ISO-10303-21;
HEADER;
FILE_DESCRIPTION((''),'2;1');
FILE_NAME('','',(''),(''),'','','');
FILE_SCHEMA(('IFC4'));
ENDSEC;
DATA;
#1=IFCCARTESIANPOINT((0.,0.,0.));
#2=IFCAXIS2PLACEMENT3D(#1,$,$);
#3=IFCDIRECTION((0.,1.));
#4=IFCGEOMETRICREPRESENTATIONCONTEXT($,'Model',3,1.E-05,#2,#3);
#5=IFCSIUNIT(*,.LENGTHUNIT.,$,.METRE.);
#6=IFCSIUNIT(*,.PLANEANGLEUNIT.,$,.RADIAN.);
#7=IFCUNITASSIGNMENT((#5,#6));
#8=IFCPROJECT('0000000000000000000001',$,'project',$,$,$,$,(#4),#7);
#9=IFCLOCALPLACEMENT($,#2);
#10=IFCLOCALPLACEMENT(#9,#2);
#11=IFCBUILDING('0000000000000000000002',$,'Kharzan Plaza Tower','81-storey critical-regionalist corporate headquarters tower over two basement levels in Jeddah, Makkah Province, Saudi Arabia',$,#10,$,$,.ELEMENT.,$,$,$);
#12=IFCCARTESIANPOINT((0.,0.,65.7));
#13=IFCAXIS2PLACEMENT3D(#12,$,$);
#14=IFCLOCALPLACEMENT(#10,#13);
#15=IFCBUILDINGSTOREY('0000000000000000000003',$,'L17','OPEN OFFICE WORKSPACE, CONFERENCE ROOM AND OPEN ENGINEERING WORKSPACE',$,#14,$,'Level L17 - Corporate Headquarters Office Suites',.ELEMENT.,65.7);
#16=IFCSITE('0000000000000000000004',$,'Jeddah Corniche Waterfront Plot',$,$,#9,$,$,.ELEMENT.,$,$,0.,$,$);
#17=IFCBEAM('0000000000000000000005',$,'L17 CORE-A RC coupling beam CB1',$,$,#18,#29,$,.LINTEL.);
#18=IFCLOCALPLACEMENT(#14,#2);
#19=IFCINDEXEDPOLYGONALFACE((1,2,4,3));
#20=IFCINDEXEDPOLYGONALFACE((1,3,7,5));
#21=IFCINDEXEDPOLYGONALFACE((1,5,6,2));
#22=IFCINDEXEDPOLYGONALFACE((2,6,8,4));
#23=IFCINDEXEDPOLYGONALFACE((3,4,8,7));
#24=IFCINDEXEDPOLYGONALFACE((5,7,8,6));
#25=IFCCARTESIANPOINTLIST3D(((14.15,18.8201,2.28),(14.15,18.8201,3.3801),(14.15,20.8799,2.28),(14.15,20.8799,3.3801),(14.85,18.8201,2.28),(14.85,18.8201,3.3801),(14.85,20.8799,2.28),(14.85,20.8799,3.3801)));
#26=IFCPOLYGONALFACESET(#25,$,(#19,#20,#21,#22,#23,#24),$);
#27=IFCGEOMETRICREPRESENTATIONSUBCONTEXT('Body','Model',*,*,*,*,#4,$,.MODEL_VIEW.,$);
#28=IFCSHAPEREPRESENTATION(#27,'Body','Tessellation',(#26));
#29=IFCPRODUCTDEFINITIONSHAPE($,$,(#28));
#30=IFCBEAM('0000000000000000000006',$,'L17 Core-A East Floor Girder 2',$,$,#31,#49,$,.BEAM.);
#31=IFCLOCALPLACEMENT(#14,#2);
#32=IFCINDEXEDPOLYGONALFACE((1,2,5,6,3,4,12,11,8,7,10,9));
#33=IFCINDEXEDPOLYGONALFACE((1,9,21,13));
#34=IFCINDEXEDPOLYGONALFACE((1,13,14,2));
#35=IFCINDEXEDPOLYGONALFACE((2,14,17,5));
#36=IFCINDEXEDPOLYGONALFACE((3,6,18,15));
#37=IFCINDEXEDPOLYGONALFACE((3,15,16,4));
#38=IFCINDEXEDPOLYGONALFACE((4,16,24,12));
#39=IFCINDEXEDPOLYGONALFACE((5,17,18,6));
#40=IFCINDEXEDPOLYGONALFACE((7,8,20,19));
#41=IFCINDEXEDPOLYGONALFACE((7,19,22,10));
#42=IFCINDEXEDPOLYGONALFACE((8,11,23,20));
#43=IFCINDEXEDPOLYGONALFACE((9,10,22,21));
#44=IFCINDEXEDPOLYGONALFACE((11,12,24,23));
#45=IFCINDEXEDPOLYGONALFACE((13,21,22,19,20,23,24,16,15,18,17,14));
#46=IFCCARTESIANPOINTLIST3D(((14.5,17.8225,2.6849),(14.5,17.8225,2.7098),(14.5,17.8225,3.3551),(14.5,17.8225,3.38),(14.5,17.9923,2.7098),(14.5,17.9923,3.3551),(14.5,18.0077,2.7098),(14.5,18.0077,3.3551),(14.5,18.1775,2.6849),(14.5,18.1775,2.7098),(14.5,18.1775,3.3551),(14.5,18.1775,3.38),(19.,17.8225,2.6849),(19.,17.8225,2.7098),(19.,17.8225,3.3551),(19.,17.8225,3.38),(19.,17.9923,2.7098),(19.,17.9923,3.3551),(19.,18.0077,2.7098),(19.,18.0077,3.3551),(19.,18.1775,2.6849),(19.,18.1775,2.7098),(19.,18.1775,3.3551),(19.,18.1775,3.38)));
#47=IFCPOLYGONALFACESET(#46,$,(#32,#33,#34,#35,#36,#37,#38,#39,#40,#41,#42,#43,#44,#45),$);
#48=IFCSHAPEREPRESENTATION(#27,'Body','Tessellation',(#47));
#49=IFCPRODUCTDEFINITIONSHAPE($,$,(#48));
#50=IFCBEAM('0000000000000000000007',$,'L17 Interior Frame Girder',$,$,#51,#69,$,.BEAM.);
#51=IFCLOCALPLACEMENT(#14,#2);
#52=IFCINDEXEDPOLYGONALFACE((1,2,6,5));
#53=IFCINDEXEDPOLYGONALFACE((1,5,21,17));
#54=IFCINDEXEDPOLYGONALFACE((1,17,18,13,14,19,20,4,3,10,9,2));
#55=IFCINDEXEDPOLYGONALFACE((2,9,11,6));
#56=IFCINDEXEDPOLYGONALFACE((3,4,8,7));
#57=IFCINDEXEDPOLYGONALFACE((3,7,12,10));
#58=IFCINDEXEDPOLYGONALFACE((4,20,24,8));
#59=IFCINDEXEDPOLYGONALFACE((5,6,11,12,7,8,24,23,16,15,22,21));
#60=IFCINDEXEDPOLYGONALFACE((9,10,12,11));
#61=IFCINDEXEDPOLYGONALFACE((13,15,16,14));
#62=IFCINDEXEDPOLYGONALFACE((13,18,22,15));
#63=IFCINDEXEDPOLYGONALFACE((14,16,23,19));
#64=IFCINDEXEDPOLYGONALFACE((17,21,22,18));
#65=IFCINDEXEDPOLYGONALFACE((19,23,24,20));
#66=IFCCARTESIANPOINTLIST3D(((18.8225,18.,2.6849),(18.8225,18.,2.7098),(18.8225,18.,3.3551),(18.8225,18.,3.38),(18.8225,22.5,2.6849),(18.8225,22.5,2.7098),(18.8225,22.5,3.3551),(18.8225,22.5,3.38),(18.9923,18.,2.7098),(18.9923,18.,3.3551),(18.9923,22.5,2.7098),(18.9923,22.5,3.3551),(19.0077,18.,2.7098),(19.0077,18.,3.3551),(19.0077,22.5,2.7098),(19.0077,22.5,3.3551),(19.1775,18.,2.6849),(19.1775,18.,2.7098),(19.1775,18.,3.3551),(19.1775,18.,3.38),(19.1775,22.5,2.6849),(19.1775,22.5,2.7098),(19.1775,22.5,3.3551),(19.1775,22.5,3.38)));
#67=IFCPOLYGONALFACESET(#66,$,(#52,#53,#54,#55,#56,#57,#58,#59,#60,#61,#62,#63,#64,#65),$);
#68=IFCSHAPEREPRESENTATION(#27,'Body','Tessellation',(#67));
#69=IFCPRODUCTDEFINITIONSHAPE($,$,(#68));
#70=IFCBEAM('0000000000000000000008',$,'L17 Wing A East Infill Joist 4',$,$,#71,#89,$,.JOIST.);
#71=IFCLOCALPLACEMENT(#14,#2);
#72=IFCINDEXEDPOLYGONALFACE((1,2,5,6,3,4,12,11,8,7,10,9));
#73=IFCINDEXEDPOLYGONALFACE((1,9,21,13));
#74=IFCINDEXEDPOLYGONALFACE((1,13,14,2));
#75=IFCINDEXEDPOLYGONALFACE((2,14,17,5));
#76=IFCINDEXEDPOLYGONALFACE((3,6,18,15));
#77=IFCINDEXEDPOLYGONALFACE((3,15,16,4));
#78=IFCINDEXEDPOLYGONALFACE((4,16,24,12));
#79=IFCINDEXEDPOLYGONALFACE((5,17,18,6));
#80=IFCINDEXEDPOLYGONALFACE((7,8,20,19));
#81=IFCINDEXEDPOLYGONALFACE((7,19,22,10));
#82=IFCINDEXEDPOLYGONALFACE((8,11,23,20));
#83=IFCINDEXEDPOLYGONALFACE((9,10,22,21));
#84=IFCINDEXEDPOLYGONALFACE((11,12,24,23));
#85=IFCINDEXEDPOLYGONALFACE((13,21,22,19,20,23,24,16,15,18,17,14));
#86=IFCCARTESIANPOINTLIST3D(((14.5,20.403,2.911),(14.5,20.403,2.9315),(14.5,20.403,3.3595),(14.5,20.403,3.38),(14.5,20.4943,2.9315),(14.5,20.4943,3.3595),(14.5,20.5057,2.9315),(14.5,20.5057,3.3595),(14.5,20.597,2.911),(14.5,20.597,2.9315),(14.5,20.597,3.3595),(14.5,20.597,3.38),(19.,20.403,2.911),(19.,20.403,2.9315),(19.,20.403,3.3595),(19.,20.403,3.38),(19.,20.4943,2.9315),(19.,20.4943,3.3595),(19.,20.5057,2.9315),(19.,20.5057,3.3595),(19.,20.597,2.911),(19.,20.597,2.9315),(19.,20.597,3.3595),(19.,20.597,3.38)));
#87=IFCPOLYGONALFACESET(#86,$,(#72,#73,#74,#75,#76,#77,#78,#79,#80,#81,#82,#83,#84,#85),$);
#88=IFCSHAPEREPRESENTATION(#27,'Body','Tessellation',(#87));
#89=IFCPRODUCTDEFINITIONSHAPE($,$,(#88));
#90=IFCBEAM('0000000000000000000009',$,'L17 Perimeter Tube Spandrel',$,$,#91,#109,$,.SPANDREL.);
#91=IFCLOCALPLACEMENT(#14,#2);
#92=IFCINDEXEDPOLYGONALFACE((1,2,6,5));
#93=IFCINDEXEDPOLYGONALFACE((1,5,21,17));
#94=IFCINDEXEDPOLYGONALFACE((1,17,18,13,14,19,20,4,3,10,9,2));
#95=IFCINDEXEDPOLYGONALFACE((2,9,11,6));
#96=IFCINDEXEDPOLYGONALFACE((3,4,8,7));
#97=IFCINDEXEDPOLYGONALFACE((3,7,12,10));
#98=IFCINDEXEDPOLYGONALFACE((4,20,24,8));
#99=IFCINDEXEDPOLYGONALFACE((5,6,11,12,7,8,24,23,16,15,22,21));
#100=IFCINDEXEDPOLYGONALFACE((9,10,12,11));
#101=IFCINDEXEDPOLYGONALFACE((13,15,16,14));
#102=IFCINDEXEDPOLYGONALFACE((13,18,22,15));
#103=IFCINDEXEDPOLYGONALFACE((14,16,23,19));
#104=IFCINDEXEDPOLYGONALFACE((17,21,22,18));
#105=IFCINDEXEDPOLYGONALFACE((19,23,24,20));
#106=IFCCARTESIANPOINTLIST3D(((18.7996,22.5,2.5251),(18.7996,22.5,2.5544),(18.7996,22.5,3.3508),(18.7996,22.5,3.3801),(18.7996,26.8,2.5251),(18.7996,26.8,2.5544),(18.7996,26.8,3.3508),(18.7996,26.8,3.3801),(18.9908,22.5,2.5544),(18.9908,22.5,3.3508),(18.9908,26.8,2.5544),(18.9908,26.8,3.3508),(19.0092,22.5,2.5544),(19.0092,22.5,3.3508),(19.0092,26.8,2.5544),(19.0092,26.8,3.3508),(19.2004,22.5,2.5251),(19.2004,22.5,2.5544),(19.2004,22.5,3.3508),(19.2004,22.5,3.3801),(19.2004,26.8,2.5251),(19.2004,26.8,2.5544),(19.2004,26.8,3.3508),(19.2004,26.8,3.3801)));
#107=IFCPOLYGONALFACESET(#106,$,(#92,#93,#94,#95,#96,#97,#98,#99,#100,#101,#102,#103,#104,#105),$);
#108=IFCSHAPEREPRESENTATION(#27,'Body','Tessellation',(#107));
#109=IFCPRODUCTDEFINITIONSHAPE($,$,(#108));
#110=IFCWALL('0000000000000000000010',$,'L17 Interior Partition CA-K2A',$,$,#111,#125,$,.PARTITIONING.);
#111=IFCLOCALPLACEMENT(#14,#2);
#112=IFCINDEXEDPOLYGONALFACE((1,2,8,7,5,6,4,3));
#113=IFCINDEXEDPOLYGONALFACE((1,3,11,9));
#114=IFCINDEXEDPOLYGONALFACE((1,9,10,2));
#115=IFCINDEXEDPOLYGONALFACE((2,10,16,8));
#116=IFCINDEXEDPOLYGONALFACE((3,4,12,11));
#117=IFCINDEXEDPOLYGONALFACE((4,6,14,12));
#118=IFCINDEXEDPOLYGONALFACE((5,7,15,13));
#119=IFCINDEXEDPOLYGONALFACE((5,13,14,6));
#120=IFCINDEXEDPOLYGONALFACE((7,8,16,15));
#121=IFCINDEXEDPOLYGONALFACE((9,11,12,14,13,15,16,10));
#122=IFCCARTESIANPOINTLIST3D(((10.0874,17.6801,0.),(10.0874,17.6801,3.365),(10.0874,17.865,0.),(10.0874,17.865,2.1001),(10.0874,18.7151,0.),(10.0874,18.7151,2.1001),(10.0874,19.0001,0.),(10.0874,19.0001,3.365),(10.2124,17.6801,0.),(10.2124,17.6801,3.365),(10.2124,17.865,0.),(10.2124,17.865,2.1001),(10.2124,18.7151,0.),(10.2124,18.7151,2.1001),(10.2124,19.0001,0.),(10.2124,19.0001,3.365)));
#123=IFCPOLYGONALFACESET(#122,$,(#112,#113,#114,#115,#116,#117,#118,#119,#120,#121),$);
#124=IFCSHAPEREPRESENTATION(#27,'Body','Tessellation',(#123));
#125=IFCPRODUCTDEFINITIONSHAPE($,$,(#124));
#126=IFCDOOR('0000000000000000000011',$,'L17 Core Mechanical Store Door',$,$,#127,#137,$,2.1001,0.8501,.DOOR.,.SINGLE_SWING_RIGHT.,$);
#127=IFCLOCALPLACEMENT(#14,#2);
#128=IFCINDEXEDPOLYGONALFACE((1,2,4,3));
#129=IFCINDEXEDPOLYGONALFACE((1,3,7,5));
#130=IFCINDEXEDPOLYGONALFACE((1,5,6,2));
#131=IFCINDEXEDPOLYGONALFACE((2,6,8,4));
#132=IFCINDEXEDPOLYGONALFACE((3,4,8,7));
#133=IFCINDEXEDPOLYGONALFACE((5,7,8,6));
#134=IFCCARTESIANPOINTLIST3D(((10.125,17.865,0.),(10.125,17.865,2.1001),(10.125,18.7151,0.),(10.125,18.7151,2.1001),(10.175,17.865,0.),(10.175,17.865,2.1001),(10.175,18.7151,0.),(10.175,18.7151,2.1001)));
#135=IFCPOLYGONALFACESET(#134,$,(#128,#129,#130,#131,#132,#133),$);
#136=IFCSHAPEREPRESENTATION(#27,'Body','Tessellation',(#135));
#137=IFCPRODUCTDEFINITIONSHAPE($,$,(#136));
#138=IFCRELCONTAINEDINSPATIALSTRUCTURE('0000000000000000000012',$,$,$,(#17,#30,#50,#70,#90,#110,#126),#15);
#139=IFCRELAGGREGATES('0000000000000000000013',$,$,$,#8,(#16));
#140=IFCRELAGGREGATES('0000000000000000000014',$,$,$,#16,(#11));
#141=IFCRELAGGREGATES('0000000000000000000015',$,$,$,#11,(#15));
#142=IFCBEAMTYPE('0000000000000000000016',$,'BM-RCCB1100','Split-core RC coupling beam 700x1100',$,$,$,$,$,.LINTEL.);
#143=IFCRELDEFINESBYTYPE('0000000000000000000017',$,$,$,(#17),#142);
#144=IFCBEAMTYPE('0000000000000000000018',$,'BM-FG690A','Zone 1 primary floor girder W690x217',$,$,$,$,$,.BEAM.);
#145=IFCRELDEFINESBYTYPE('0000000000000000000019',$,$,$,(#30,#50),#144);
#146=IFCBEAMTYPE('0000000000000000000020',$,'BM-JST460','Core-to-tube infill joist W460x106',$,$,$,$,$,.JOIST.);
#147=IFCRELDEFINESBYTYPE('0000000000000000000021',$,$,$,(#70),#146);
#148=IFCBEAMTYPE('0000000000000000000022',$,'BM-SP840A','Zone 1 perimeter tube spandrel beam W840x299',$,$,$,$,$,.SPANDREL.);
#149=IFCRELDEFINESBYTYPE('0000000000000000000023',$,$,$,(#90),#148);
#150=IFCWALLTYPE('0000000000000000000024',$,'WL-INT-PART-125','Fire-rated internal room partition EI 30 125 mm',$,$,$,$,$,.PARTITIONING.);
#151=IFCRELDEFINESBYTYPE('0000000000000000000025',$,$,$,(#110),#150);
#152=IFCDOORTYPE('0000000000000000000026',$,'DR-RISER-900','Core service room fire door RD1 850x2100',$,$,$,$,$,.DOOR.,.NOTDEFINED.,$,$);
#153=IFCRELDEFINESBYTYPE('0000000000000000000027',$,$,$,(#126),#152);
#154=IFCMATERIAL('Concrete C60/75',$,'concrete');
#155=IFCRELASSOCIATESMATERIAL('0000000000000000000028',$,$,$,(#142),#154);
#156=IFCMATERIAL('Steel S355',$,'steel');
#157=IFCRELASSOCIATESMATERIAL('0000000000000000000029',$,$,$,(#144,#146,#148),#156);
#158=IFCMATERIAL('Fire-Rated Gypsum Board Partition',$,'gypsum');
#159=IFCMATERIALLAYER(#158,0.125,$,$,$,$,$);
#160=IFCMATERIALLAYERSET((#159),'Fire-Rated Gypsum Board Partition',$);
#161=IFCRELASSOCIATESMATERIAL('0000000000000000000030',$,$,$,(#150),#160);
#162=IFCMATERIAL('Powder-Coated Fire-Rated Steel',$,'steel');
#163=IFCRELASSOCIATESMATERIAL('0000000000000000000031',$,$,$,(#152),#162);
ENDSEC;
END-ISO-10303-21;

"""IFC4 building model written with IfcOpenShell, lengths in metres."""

from ifc_helpers import new_model, si_unit, direction, frame, frame_2d, origin, origin_2d, place, context, subcontext, project, spatial, rectangle, i_section, extrude, source, transform, mapped, material, layer, layer_set, material_profile, profile_set, type_object, element, fill, save


model = new_model("IFC4")

# Units and contexts
model_context = context("Model", 3, precision=1e-05, world=origin(), true_north=direction((0.0, 1.0)))
body_context = subcontext(model_context, "Body", "Model", "MODEL_VIEW")
ifc_project = project(units=[si_unit("LENGTHUNIT", "METRE"), si_unit("PLANEANGLEUNIT", "RADIAN")], contexts=[model_context])

# Site, building, storey
site_placement = place(None, origin())
site = spatial("IfcSite", under=ifc_project, at=site_placement, Name="Jeddah Corniche Waterfront Plot", CompositionType="ELEMENT", RefElevation=0.0)
building_placement = place(site_placement, origin())
building = spatial("IfcBuilding", under=site, at=building_placement, Name="Kharzan Plaza Tower", Description="81-storey critical-regionalist corporate headquarters tower over two basement levels in Jeddah, Makkah Province, Saudi Arabia", CompositionType="ELEMENT")
storey_placement = place(building_placement, frame((0.0, 0.0, 65.7)))
storey = spatial("IfcBuildingStorey", under=building, at=storey_placement, Name="L17", Description="OPEN OFFICE WORKSPACE, CONFERENCE ROOM AND OPEN ENGINEERING WORKSPACE", LongName="Level L17 - Corporate Headquarters Office Suites", CompositionType="ELEMENT", Elevation=65.7)

# Beams
ifc_material_1 = material(Name="Concrete C60/75", Category="concrete")
ifc_material_profile_1 = material_profile(ifc_material_1, rectangle(XDim=0.7, YDim=1.1001, at=origin_2d()), Name="RC-CB1100x700")
ifc_profile_set_1 = profile_set([ifc_material_profile_1], Name="Concrete C60/75")
beam_type_1 = type_object("IfcBeamType", Name="BM-RCCB1100", Description="Split-core RC coupling beam 700x1100", PredefinedType="LINTEL", material=ifc_profile_set_1)
shared_shape_1 = source(origin(), body_context, "Body", "SweptSolid", [
    extrude(rectangle(XDim=0.7, YDim=1.1001, at=origin_2d()), origin(), (0.0, 0.0, 1.0), 2.0598),
])
beam_1_placement = place(storey_placement, frame((14.5, 18.8201, 2.8301), z_axis=(0.0, 1.0, 0.0), x_axis=(-1.0, 0.0, 0.0)))
element("IfcBeam", 1, at=beam_1_placement, inside=storey, type_object=beam_type_1, Name="L17 CORE-A RC coupling beam CB1", PredefinedType="LINTEL", context=body_context, shape_type="MappedRepresentation", body=[
    mapped(shared_shape_1, transform((0.0, 0.0, 0.0), x_axis=(1.0, 0.0, 0.0), y_axis=(0.0, 1.0, 0.0), z_axis=(0.0, 0.0, 1.0))),
])
ifc_material_2 = material(Name="Steel S355", Category="steel")
ifc_material_profile_2 = material_profile(ifc_material_2, i_section(OverallWidth=0.355, OverallDepth=0.6951, WebThickness=0.0154, FlangeThickness=0.0249, at=origin_2d()), Name="W690x217")
ifc_profile_set_2 = profile_set([ifc_material_profile_2], Name="Steel S355")
beam_type_2 = type_object("IfcBeamType", Name="BM-FG690A", Description="Zone 1 primary floor girder W690x217", PredefinedType="BEAM", material=ifc_profile_set_2)
shared_shape_2 = source(origin(), body_context, "Body", "SweptSolid", [
    extrude(i_section(OverallWidth=0.355, OverallDepth=0.6951, WebThickness=0.0154, FlangeThickness=0.0249, at=origin_2d()), origin(), (0.0, 0.0, 1.0), 4.5),
])
for number, where, z_axis, x_axis, name in (
    (2, (14.5, 18.0, 3.0325), (1.0, 0.0, 0.0), (0.0, 1.0, 0.0), "L17 Core-A East Floor Girder 2"),
    (3, (19.0, 18.0, 3.0325), (0.0, 1.0, 0.0), (-1.0, 0.0, 0.0), "L17 Interior Frame Girder"),
):
    element("IfcBeam", number, at=place(storey_placement, frame(where, z_axis=z_axis, x_axis=x_axis)), inside=storey, type_object=beam_type_2, Name=name, PredefinedType="BEAM", context=body_context, shape_type="MappedRepresentation", body=[
        mapped(shared_shape_2, transform((0.0, 0.0, 0.0), x_axis=(1.0, 0.0, 0.0), y_axis=(0.0, 1.0, 0.0), z_axis=(0.0, 0.0, 1.0))),
    ])
ifc_material_profile_3 = material_profile(ifc_material_2, i_section(OverallWidth=0.1941, OverallDepth=0.469, WebThickness=0.0115, FlangeThickness=0.0205, at=origin_2d()), Name="W460x106")
ifc_profile_set_3 = profile_set([ifc_material_profile_3], Name="Steel S355")
beam_type_3 = type_object("IfcBeamType", Name="BM-JST460", Description="Core-to-tube infill joist W460x106", PredefinedType="JOIST", material=ifc_profile_set_3)
shared_shape_3 = source(origin(), body_context, "Body", "SweptSolid", [
    extrude(i_section(OverallWidth=0.1941, OverallDepth=0.469, WebThickness=0.0115, FlangeThickness=0.0205, at=origin_2d()), origin(), (0.0, 0.0, 1.0), 4.5),
])
beam_2_placement = place(storey_placement, frame((14.5, 20.5, 3.1455), z_axis=(1.0, 0.0, 0.0), x_axis=(0.0, 1.0, 0.0)))
element("IfcBeam", 4, at=beam_2_placement, inside=storey, type_object=beam_type_3, Name="L17 Wing A East Infill Joist 4", PredefinedType="JOIST", context=body_context, shape_type="MappedRepresentation", body=[
    mapped(shared_shape_3, transform((0.0, 0.0, 0.0), x_axis=(1.0, 0.0, 0.0), y_axis=(0.0, 1.0, 0.0), z_axis=(0.0, 0.0, 1.0))),
])
ifc_material_profile_4 = material_profile(ifc_material_2, i_section(OverallWidth=0.4009, OverallDepth=0.855, WebThickness=0.0183, FlangeThickness=0.0293, at=origin_2d()), Name="W840x299")
ifc_profile_set_4 = profile_set([ifc_material_profile_4], Name="Steel S355")
beam_type_4 = type_object("IfcBeamType", Name="BM-SP840A", Description="Zone 1 perimeter tube spandrel beam W840x299", PredefinedType="SPANDREL", material=ifc_profile_set_4)
shared_shape_4 = source(origin(), body_context, "Body", "SweptSolid", [
    extrude(i_section(OverallWidth=0.4009, OverallDepth=0.855, WebThickness=0.0183, FlangeThickness=0.0293, at=origin_2d()), origin(), (0.0, 0.0, 1.0), 4.3),
])
beam_3_placement = place(storey_placement, frame((19.0, 22.5, 2.9526), z_axis=(0.0, 1.0, 0.0), x_axis=(-1.0, 0.0, 0.0)))
element("IfcBeam", 5, at=beam_3_placement, inside=storey, type_object=beam_type_4, Name="L17 Perimeter Tube Spandrel", PredefinedType="SPANDREL", context=body_context, shape_type="MappedRepresentation", body=[
    mapped(shared_shape_4, transform((0.0, 0.0, 0.0), x_axis=(1.0, 0.0, 0.0), y_axis=(0.0, 1.0, 0.0), z_axis=(0.0, 0.0, 1.0))),
])

# Wall, opening, door
ifc_material_3 = material(Name="Fire-Rated Gypsum Board Partition", Category="gypsum")
ifc_layer_1 = layer(ifc_material_3, 0.125)
ifc_layer_set_1 = layer_set([ifc_layer_1], Name="Fire-Rated Gypsum Board Partition")
wall_type_1 = type_object("IfcWallType", Name="WL-INT-PART-125", Description="Fire-rated internal room partition EI 30 125 mm", PredefinedType="PARTITIONING", material=ifc_layer_set_1)
wall_1_placement = place(storey_placement, frame((10.1499, 17.6799, 0.0), z_axis=(0.0, 0.0, 1.0), x_axis=(0.0, 1.0, 0.0)))
wall_1 = element("IfcWall", 6, at=wall_1_placement, inside=storey, type_object=wall_type_1, Name="L17 Interior Partition CA-K2A", PredefinedType="PARTITIONING", context=body_context, shape_type="SweptSolid", body=[
    extrude(rectangle(XDim=1.3201, YDim=0.125, at=frame_2d((0.6602, 0.0))), origin(), (0.0, 0.0, 1.0), 3.365),
])
opening_1_placement = place(wall_1_placement, frame((0.1851, 0.0, 0.0)))
opening_1 = element("IfcOpeningElement", 7, at=opening_1_placement, cuts=wall_1, PredefinedType="OPENING", context=body_context, shape_type="SweptSolid", body=[
    extrude(rectangle(XDim=0.8501, YDim=2.1001, at=frame_2d((0.425, 1.05))), frame((0.0, 0.0725, 0.0), z_axis=(0.0, -1.0, 0.0), x_axis=(1.0, 0.0, 0.0)), (0.0, 0.0, 1.0), 0.145),
])
ifc_material_4 = material(Name="Powder-Coated Fire-Rated Steel", Category="steel")
door_type_1 = type_object("IfcDoorType", Name="DR-RISER-900", Description="Core service room fire door RD1 850x2100", OperationType="NOTDEFINED", PredefinedType="DOOR", material=ifc_material_4)
shared_shape_5 = source(origin(), body_context, "Body", "SweptSolid", [
    extrude(rectangle(XDim=0.8501, YDim=2.1001, at=frame_2d((0.425, 1.05))), frame((0.0, 0.0249, 0.0), z_axis=(0.0, -1.0, 0.0), x_axis=(1.0, 0.0, 0.0)), (0.0, 0.0, 1.0), 0.05),
])
door_1_placement = place(opening_1_placement, origin())
door_1 = element("IfcDoor", 8, at=door_1_placement, inside=storey, type_object=door_type_1, Name="L17 Core Mechanical Store Door", OperationType="SINGLE_SWING_RIGHT", OverallHeight=2.1001, OverallWidth=0.8501, PredefinedType="DOOR", context=body_context, shape_type="MappedRepresentation", body=[
    mapped(shared_shape_5, transform((0.0, 0.0, 0.0), x_axis=(1.0, 0.0, 0.0), y_axis=(0.0, 1.0, 0.0), z_axis=(0.0, 0.0, 1.0))),
])
fill(opening_1, door_1)

save(model, "model.ifc")
